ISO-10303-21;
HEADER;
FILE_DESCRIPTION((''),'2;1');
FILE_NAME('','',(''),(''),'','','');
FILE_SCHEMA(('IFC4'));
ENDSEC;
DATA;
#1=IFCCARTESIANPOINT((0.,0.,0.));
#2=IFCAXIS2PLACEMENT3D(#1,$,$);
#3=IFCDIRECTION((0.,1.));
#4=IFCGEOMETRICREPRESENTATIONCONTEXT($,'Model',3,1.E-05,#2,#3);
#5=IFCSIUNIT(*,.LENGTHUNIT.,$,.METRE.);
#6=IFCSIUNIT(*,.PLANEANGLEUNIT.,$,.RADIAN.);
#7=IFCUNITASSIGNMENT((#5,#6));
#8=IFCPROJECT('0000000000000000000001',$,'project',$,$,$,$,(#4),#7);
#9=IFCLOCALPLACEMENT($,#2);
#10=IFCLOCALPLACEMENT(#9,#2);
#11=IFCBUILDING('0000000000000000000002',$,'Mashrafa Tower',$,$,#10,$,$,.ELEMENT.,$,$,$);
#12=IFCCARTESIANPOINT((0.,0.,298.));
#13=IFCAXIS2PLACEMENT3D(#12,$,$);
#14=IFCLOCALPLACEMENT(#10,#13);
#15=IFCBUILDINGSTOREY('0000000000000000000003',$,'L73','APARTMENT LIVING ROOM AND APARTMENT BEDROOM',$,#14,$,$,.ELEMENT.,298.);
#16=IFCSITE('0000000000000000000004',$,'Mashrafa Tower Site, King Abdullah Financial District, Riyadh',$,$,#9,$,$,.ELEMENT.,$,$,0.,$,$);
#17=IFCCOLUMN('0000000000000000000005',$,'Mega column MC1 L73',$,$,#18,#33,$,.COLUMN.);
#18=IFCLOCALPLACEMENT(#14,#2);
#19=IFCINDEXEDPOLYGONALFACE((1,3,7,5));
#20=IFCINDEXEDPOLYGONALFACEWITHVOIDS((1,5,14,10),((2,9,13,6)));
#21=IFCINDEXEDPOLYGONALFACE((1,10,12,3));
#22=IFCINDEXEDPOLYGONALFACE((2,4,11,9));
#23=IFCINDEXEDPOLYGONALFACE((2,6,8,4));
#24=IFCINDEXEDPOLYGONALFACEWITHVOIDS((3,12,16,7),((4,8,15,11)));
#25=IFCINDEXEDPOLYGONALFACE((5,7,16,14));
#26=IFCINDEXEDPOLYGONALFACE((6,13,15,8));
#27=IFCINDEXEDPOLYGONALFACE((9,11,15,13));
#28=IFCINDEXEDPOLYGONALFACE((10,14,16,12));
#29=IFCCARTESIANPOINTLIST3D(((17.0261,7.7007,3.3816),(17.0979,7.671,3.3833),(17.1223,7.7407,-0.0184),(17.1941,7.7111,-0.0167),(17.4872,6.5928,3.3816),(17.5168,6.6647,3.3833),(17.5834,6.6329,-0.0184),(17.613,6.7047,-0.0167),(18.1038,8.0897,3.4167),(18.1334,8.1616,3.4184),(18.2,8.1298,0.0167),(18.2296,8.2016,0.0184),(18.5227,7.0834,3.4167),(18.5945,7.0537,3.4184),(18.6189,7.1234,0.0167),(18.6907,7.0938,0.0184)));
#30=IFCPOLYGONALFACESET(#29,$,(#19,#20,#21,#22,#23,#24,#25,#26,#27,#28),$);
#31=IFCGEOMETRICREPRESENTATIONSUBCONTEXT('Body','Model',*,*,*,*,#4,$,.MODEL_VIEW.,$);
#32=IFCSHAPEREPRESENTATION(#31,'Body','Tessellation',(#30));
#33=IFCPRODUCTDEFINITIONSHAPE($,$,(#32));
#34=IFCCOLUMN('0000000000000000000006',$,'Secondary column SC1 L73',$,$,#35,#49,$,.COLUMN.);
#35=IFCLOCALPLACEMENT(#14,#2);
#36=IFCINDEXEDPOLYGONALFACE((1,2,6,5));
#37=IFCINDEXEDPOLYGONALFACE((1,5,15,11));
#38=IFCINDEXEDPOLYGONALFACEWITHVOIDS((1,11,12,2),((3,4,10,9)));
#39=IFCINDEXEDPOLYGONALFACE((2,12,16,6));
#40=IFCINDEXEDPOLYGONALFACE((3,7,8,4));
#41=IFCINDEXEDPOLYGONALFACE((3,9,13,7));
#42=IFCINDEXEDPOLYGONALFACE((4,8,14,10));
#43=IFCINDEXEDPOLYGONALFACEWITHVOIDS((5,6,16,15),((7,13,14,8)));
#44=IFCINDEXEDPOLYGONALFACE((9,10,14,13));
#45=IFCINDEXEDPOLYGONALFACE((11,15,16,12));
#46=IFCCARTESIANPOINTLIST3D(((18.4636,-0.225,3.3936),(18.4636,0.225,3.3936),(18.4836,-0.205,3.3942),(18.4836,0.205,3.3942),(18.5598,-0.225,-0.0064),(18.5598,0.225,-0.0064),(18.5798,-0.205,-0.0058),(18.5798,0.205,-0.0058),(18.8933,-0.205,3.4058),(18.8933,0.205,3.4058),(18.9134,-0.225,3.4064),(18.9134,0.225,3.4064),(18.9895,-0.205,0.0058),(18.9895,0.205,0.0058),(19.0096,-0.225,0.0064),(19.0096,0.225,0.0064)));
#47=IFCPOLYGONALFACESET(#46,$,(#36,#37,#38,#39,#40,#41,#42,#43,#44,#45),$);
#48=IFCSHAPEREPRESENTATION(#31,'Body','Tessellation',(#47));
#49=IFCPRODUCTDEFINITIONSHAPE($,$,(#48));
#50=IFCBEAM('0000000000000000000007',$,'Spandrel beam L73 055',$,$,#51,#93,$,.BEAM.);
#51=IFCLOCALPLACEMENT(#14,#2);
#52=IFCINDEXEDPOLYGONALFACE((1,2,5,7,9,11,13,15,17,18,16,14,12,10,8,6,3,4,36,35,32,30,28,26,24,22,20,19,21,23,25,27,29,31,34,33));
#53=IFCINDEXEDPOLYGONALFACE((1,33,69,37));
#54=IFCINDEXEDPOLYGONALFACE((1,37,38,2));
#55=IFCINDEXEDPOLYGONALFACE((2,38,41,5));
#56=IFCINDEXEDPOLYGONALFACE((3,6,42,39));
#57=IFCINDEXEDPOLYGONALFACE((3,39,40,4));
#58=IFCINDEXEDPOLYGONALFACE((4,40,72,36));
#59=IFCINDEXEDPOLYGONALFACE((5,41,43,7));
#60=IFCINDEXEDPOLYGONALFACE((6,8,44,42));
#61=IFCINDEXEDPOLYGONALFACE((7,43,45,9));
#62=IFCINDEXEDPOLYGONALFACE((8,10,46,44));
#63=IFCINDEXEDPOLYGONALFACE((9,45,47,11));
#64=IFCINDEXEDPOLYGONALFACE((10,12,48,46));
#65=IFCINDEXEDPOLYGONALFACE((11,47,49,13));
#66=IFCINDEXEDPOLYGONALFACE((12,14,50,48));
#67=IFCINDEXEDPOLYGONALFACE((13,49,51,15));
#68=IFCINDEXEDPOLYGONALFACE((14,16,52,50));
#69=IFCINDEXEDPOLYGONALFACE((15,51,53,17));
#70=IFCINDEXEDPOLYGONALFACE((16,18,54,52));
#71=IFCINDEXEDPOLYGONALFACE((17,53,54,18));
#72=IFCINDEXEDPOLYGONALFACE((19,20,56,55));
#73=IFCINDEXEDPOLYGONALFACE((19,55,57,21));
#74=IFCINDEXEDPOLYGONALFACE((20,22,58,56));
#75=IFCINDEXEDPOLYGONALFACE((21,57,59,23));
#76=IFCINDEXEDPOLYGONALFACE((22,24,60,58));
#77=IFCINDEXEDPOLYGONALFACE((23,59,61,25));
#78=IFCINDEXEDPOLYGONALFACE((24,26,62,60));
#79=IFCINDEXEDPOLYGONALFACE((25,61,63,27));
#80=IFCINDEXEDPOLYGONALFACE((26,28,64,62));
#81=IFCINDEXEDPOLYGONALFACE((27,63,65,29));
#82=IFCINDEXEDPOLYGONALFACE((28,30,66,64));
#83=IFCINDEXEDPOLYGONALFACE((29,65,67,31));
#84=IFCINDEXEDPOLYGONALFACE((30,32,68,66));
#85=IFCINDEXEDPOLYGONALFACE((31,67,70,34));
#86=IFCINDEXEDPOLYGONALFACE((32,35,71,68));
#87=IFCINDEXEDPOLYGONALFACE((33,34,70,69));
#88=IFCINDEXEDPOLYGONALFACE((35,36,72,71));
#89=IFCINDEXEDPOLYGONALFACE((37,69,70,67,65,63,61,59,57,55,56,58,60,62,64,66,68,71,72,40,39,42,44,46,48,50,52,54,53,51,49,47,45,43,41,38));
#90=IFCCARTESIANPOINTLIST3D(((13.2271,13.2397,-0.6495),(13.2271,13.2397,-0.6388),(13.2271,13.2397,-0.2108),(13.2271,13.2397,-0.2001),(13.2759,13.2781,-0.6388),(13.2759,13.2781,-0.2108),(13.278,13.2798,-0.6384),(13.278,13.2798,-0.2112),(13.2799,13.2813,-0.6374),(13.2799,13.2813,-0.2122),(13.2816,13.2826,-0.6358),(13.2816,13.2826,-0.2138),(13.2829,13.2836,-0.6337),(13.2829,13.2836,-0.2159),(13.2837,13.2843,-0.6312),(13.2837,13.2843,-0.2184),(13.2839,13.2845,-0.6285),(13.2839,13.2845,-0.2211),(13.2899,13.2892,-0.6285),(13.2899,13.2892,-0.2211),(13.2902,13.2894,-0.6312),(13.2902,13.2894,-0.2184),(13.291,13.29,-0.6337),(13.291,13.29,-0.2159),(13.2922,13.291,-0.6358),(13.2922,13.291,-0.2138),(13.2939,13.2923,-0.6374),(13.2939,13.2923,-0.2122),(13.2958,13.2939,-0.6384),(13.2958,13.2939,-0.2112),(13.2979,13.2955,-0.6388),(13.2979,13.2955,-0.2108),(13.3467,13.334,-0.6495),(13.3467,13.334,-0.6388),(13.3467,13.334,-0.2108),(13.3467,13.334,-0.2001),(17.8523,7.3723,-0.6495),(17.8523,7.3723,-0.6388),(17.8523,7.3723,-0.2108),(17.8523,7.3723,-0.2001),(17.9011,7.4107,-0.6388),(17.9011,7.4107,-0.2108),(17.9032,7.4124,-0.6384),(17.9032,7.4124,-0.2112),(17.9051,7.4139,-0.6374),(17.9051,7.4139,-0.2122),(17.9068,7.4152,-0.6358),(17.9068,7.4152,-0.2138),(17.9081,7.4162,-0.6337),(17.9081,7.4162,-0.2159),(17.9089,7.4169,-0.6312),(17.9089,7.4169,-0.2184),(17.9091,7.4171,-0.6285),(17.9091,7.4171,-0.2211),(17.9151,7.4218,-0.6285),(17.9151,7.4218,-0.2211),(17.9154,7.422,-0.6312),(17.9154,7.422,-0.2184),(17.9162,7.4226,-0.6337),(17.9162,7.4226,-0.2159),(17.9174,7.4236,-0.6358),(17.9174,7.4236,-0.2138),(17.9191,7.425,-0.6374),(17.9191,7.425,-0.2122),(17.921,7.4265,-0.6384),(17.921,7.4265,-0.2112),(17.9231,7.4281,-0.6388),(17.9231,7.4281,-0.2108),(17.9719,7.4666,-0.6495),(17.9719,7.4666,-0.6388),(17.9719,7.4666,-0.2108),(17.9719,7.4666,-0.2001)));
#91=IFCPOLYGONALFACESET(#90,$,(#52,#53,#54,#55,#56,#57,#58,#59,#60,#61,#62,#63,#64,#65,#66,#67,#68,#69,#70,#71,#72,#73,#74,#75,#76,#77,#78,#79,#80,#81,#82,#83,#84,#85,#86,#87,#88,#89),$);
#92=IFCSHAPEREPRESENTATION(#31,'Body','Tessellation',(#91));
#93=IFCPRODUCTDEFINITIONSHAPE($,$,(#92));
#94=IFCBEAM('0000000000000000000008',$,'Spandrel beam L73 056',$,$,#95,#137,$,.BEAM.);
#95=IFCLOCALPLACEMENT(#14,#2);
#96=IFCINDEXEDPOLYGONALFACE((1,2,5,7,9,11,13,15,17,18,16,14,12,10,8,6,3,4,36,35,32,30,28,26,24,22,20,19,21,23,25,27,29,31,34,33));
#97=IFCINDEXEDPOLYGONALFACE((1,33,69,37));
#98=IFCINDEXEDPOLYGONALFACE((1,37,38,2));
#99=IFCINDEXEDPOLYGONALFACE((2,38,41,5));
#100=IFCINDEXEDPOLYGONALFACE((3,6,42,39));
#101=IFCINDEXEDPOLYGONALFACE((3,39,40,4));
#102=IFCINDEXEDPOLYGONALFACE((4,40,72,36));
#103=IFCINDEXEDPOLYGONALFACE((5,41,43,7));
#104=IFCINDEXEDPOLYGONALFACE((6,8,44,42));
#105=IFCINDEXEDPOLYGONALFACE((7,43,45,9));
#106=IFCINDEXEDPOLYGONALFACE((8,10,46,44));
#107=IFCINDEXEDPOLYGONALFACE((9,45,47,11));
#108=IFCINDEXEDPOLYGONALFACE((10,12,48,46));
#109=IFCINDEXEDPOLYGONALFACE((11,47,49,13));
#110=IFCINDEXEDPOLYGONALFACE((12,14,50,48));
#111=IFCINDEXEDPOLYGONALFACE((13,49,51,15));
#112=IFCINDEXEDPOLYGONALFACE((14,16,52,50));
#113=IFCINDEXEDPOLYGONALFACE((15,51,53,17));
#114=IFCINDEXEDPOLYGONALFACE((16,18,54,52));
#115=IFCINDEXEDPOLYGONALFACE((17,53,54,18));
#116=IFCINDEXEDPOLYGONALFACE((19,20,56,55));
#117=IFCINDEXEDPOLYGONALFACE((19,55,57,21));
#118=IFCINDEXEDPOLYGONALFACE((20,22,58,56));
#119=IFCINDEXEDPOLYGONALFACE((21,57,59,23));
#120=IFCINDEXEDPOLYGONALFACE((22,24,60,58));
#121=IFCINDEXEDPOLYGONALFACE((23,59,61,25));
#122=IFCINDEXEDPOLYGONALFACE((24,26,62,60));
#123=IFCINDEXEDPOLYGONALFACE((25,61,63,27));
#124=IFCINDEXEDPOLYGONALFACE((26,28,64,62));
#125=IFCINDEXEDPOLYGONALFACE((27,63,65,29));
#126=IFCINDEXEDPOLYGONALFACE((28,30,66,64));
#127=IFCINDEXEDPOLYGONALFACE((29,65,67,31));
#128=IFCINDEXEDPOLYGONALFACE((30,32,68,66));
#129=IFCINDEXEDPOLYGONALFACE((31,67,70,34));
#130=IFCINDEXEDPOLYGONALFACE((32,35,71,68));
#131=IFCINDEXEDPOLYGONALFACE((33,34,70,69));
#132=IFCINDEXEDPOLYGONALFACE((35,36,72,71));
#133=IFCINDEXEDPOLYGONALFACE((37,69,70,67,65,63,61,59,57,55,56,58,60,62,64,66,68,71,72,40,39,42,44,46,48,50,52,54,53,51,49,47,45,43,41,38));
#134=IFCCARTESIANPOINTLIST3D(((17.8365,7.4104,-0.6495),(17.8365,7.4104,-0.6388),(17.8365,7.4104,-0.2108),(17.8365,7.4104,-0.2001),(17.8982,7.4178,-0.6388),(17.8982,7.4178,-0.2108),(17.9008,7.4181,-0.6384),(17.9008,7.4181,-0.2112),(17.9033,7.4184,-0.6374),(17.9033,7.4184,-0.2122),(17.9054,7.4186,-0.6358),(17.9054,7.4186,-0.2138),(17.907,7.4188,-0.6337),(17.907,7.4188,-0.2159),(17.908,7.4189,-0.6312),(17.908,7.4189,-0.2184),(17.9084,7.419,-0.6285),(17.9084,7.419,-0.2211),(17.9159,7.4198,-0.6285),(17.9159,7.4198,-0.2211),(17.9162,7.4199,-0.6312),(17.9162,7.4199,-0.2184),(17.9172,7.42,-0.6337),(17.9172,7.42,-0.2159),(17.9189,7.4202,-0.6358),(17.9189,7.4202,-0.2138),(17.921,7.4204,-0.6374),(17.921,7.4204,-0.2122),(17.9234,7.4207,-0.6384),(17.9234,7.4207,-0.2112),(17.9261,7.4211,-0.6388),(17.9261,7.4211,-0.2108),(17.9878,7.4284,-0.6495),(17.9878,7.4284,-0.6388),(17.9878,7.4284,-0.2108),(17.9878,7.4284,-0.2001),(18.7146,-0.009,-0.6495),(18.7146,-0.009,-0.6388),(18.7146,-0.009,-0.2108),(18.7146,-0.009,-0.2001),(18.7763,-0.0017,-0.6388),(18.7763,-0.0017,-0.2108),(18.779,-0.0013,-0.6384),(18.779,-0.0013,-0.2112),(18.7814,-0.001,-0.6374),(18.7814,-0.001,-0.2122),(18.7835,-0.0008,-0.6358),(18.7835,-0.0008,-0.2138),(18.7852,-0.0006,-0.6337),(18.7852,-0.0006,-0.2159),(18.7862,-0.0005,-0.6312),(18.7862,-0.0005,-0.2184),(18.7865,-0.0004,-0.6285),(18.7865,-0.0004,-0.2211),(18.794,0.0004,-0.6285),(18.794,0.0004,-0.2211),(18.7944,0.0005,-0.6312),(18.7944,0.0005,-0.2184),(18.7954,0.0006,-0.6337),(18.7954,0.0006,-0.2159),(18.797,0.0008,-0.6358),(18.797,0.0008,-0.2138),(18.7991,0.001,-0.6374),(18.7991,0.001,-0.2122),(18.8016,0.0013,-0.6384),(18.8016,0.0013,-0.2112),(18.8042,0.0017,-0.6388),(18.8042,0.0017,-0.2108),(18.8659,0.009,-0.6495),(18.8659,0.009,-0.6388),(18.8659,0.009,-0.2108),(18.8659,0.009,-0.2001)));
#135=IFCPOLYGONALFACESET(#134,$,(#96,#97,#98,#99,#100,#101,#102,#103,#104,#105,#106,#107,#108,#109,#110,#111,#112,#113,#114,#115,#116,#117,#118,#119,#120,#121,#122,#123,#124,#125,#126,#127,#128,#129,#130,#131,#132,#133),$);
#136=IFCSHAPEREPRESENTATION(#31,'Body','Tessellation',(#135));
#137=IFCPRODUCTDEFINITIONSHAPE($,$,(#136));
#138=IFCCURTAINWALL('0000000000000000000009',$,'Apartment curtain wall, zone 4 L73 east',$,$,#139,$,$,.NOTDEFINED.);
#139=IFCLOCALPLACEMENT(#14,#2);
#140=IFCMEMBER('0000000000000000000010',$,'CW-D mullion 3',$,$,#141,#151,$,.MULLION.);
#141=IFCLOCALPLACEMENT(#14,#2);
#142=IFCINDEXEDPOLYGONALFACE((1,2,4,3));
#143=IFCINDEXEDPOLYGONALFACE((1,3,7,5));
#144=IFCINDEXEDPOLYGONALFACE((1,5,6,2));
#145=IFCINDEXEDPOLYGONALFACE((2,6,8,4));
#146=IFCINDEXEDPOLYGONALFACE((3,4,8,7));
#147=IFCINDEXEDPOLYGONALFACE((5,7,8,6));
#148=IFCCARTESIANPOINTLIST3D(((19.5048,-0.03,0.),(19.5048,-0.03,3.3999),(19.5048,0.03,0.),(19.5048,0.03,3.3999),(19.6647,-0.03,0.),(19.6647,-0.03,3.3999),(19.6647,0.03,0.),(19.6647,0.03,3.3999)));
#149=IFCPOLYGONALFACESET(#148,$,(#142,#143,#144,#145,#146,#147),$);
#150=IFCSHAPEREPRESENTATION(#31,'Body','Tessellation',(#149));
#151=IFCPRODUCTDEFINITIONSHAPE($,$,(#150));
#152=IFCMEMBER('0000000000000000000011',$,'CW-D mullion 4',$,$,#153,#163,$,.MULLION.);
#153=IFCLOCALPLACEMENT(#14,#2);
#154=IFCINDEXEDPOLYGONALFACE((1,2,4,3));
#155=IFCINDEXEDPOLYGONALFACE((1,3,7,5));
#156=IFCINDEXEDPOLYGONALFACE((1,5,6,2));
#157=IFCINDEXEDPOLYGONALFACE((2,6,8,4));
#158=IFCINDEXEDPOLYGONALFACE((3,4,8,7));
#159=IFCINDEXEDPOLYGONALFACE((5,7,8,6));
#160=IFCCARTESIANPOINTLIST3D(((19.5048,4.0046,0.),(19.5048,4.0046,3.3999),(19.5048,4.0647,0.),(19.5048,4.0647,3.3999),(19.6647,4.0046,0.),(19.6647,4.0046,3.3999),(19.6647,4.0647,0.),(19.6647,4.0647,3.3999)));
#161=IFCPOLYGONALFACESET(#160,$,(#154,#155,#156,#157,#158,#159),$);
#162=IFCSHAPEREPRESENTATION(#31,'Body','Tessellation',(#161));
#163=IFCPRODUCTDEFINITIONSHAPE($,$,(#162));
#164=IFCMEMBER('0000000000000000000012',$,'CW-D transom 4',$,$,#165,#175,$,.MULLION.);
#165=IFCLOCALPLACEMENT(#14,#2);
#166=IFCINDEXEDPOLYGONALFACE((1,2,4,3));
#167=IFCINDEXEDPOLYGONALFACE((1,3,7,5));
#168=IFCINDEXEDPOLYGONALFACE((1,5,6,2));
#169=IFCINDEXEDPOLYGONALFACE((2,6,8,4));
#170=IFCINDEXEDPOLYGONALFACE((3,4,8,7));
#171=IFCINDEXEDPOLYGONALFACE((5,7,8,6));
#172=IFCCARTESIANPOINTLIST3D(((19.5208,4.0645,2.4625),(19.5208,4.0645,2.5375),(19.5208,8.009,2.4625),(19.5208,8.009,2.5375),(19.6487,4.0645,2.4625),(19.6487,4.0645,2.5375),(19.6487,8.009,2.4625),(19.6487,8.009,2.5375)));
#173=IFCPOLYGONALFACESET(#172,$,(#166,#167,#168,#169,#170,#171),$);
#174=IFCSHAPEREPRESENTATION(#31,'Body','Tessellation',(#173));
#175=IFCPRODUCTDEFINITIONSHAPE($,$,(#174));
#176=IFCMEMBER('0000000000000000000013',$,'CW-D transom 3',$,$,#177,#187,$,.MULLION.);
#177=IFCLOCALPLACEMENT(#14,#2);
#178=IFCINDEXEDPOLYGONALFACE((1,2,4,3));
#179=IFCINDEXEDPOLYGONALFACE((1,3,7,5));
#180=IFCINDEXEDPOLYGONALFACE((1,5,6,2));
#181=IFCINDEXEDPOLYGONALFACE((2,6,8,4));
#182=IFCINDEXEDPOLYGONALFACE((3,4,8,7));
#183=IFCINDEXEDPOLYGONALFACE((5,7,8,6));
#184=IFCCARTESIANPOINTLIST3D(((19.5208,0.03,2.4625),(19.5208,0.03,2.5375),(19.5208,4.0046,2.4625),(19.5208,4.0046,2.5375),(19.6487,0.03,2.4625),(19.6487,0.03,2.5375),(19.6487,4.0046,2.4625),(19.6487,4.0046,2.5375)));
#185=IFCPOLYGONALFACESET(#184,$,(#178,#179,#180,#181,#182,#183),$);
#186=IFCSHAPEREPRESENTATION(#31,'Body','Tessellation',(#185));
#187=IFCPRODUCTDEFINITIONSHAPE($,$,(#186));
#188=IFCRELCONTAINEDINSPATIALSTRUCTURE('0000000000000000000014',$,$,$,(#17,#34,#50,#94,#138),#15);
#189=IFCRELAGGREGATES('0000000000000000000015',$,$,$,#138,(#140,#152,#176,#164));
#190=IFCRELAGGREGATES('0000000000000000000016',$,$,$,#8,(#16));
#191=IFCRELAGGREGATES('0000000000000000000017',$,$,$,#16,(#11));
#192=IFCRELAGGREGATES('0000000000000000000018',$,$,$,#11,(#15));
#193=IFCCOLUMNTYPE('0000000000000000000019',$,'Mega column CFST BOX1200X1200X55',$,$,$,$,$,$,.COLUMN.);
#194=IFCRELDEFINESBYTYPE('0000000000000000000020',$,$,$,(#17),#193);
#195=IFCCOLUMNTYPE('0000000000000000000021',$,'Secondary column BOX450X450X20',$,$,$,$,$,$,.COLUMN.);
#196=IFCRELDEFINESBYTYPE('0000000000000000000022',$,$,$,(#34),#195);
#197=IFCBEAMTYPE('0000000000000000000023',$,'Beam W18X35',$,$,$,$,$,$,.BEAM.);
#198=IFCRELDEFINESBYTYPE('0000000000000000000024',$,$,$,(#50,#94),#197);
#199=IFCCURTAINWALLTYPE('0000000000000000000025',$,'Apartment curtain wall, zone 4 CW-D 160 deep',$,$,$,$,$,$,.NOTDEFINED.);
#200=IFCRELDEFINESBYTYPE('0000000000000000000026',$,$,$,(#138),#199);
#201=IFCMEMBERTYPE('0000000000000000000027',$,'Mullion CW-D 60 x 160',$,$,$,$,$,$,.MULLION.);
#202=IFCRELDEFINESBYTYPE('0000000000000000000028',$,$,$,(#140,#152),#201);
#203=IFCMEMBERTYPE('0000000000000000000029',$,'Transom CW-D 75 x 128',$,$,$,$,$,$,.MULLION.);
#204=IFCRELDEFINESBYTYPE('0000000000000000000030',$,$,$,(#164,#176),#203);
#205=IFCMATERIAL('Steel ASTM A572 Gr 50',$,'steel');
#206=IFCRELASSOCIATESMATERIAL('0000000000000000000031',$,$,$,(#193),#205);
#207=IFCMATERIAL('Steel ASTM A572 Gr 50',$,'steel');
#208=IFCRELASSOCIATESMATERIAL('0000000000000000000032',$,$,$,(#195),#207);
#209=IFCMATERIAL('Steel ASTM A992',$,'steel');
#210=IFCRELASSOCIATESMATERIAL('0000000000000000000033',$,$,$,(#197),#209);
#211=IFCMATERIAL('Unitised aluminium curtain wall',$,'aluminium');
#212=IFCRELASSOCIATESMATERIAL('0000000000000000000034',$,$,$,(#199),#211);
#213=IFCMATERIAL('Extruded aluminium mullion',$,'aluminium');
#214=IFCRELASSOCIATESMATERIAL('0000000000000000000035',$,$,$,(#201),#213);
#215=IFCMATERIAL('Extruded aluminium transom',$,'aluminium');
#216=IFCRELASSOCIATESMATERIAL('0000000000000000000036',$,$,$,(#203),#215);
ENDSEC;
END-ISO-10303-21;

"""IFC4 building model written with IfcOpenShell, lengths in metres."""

from ifc_helpers import new_model, si_unit, direction, frame, origin, origin_2d, place, context, subcontext, project, spatial, rectangle, hollow_rectangle, i_section, extrude, source, transform, mapped, material, material_profile, profile_set, type_object, type_shapes, element, aggregate, save


model = new_model("IFC4")

# Units and contexts
model_context = context("Model", 3, precision=1e-05, world=origin(), true_north=direction((0.0, 1.0)))
body_context = subcontext(model_context, "Body", "Model", "MODEL_VIEW")
ifc_project = project(units=[si_unit("LENGTHUNIT", "METRE"), si_unit("PLANEANGLEUNIT", "RADIAN")], contexts=[model_context])

# Site, building, storey
site_placement = place(None, origin())
site = spatial("IfcSite", under=ifc_project, at=site_placement, Name="Mashrafa Tower Site, King Abdullah Financial District, Riyadh", CompositionType="ELEMENT", RefElevation=0.0)
building_placement = place(site_placement, origin())
building = spatial("IfcBuilding", under=site, at=building_placement, Name="Mashrafa Tower", CompositionType="ELEMENT")
storey_placement = place(building_placement, frame((0.0, 0.0, 298.0)))
storey = spatial("IfcBuildingStorey", under=building, at=storey_placement, Name="L73", Description="APARTMENT LIVING ROOM AND APARTMENT BEDROOM", CompositionType="ELEMENT", Elevation=298.0)

# Columns
ifc_material_1 = material(Name="Steel ASTM A572 Gr 50", Category="steel")
ifc_material_profile_1 = material_profile(ifc_material_1, hollow_rectangle(XDim=1.2, YDim=1.2, WallThickness=0.0549, at=origin_2d()), Name="BOX1200X1200X55")
ifc_profile_set_1 = profile_set([ifc_material_profile_1], Name="Steel ASTM A572 Gr 50")
column_type_1 = type_object("IfcColumnType", Name="Mega column CFST BOX1200X1200X55", PredefinedType="COLUMN", material=ifc_profile_set_1)
column_1_placement = place(storey_placement, frame((17.9065, 7.4172, 0.0), z_axis=(-0.028279, -0.011771, 0.999531), x_axis=(0.384283, -0.923216, 0.0)))
element("IfcColumn", 1, at=column_1_placement, inside=storey, type_object=column_type_1, Name="Mega column MC1 L73", PredefinedType="COLUMN", context=body_context, shape_type="SweptSolid", body=[
    extrude(hollow_rectangle(XDim=1.2, YDim=1.2, WallThickness=0.0549, at=origin_2d()), origin(), (0.0, 0.0, 1.0), 3.4016),
])
ifc_material_2 = material(Name="Steel ASTM A572 Gr 50", Category="steel")
ifc_material_profile_2 = material_profile(ifc_material_2, hollow_rectangle(XDim=0.45, YDim=0.45, WallThickness=0.02, at=origin_2d()), Name="BOX450X450X20")
ifc_profile_set_2 = profile_set([ifc_material_profile_2], Name="Steel ASTM A572 Gr 50")
column_type_2 = type_object("IfcColumnType", Name="Secondary column BOX450X450X20", PredefinedType="COLUMN", material=ifc_profile_set_2)
column_2_placement = place(storey_placement, frame((18.7847, 0.0, 0.0), z_axis=(-0.028281, 0.0, 0.9996), x_axis=(0.0, -1.0, 0.0)))
element("IfcColumn", 2, at=column_2_placement, inside=storey, type_object=column_type_2, Name="Secondary column SC1 L73", PredefinedType="COLUMN", context=body_context, shape_type="SweptSolid", body=[
    extrude(hollow_rectangle(XDim=0.45, YDim=0.45, WallThickness=0.02, at=origin_2d()), origin(), (0.0, 0.0, 1.0), 3.4014),
])

# Beams
ifc_material_3 = material(Name="Steel ASTM A992", Category="steel")
ifc_material_profile_3 = material_profile(ifc_material_3, i_section(OverallWidth=0.1523, OverallDepth=0.4495, WebThickness=0.0076, FlangeThickness=0.0107, FilletRadius=0.0103, at=origin_2d()), Name="W18X35")
ifc_profile_set_3 = profile_set([ifc_material_profile_3], Name="Steel ASTM A992")
beam_type = type_object("IfcBeamType", Name="Beam W18X35", PredefinedType="BEAM", material=ifc_profile_set_3)
for number, where, z_axis, x_axis, name in (
    (3, (17.9121, 7.4194, -0.4248), (-0.619072, 0.785334, 0.0), (-0.785334, -0.619072, 0.0), "Spandrel beam L73 055"),
    (4, (18.7903, 0.0, -0.4248), (-0.117541, 0.993068, 0.0), (-0.993068, -0.117541, 0.0), "Spandrel beam L73 056"),
):
    element("IfcBeam", number, at=place(storey_placement, frame(where, z_axis=z_axis, x_axis=x_axis)), inside=storey, type_object=beam_type, Name=name, PredefinedType="BEAM", context=body_context, shape_type="SweptSolid", body=[
        extrude(i_section(OverallWidth=0.1523, OverallDepth=0.4495, WebThickness=0.0076, FlangeThickness=0.0107, FilletRadius=0.0103, at=origin_2d()), origin(), (0.0, 0.0, 1.0), 7.4712),
    ])

# Curtain wall, members
ifc_material_4 = material(Name="Unitised aluminium curtain wall", Category="aluminium")
curtain_wall_type = type_object("IfcCurtainWallType", Name="Apartment curtain wall, zone 4 CW-D 160 deep", PredefinedType="NOTDEFINED", material=ifc_material_4)
curtain_wall_placement = place(storey_placement, origin())
curtain_wall = element("IfcCurtainWall", 5, at=curtain_wall_placement, inside=storey, type_object=curtain_wall_type, Name="Apartment curtain wall, zone 4 L73 east", PredefinedType="NOTDEFINED")
ifc_material_5 = material(Name="Extruded aluminium mullion", Category="aluminium")
ifc_material_profile_4 = material_profile(ifc_material_5, rectangle(XDim=0.1599, YDim=0.0601, at=origin_2d()), Name="Mullion 60x160")
ifc_profile_set_4 = profile_set([ifc_material_profile_4], Name="Extruded aluminium mullion")
member_type_1 = type_object("IfcMemberType", Name="Mullion CW-D 60 x 160", PredefinedType="MULLION", material=ifc_profile_set_4)
shared_shape_1 = source(origin(), body_context, "Body", "SweptSolid", [
    extrude(rectangle(XDim=0.1599, YDim=0.0601, at=origin_2d()), origin(), (0.0, 0.0, 1.0), 3.3999),
])
type_shapes(member_type_1, [shared_shape_1])
member_1_placement = place(storey_placement, frame((19.5847, 0.0, 0.0), z_axis=(0.0, 0.0, 1.0), x_axis=(-1.0, 0.0, 0.0)))
member_1 = element("IfcMember", 6, at=member_1_placement, type_object=member_type_1, Name="CW-D mullion 3", PredefinedType="MULLION", context=body_context, shape_type="MappedRepresentation", body=[
    mapped(shared_shape_1, transform((0.0, 0.0, 0.0))),
])
member_2_placement = place(storey_placement, frame((19.5847, 4.0347, 0.0), z_axis=(0.0, 0.0, 1.0), x_axis=(-1.0, 0.0, 0.0)))
member_2 = element("IfcMember", 7, at=member_2_placement, type_object=member_type_1, Name="CW-D mullion 4", PredefinedType="MULLION", context=body_context, shape_type="MappedRepresentation", body=[
    mapped(shared_shape_1, transform((0.0, 0.0, 0.0))),
])
ifc_material_6 = material(Name="Extruded aluminium transom", Category="aluminium")
ifc_material_profile_5 = material_profile(ifc_material_6, rectangle(XDim=0.1279, YDim=0.075, at=origin_2d()), Name="Transom 75x128")
ifc_profile_set_5 = profile_set([ifc_material_profile_5], Name="Extruded aluminium transom")
member_type_2 = type_object("IfcMemberType", Name="Transom CW-D 75 x 128", PredefinedType="MULLION", material=ifc_profile_set_5)
shared_shape_2 = source(origin(), body_context, "Body", "SweptSolid", [
    extrude(rectangle(XDim=0.1279, YDim=0.075, at=origin_2d()), origin(), (0.0, 0.0, 1.0), 3.9446),
])
member_3_placement = place(storey_placement, frame((19.5847, 4.0645, 2.5), z_axis=(0.0, 1.0, 0.0), x_axis=(-1.0, 0.0, 0.0)))
member_3 = element("IfcMember", 8, at=member_3_placement, type_object=member_type_2, Name="CW-D transom 4", PredefinedType="MULLION", context=body_context, shape_type="MappedRepresentation", body=[
    mapped(shared_shape_2, transform((0.0, 0.0, 0.0))),
])
shared_shape_3 = source(origin(), body_context, "Body", "SweptSolid", [
    extrude(rectangle(XDim=0.1279, YDim=0.075, at=origin_2d()), origin(), (0.0, 0.0, 1.0), 3.9746),
])
type_shapes(member_type_2, [shared_shape_2, shared_shape_3])
member_4_placement = place(storey_placement, frame((19.5847, 0.03, 2.5), z_axis=(0.0, 1.0, 0.0), x_axis=(-1.0, 0.0, 0.0)))
member_4 = element("IfcMember", 9, at=member_4_placement, type_object=member_type_2, Name="CW-D transom 3", PredefinedType="MULLION", context=body_context, shape_type="MappedRepresentation", body=[
    mapped(shared_shape_3, transform((0.0, 0.0, 0.0))),
])
aggregate(curtain_wall, [member_1, member_2, member_4, member_3])

save(model, "model.ifc")
